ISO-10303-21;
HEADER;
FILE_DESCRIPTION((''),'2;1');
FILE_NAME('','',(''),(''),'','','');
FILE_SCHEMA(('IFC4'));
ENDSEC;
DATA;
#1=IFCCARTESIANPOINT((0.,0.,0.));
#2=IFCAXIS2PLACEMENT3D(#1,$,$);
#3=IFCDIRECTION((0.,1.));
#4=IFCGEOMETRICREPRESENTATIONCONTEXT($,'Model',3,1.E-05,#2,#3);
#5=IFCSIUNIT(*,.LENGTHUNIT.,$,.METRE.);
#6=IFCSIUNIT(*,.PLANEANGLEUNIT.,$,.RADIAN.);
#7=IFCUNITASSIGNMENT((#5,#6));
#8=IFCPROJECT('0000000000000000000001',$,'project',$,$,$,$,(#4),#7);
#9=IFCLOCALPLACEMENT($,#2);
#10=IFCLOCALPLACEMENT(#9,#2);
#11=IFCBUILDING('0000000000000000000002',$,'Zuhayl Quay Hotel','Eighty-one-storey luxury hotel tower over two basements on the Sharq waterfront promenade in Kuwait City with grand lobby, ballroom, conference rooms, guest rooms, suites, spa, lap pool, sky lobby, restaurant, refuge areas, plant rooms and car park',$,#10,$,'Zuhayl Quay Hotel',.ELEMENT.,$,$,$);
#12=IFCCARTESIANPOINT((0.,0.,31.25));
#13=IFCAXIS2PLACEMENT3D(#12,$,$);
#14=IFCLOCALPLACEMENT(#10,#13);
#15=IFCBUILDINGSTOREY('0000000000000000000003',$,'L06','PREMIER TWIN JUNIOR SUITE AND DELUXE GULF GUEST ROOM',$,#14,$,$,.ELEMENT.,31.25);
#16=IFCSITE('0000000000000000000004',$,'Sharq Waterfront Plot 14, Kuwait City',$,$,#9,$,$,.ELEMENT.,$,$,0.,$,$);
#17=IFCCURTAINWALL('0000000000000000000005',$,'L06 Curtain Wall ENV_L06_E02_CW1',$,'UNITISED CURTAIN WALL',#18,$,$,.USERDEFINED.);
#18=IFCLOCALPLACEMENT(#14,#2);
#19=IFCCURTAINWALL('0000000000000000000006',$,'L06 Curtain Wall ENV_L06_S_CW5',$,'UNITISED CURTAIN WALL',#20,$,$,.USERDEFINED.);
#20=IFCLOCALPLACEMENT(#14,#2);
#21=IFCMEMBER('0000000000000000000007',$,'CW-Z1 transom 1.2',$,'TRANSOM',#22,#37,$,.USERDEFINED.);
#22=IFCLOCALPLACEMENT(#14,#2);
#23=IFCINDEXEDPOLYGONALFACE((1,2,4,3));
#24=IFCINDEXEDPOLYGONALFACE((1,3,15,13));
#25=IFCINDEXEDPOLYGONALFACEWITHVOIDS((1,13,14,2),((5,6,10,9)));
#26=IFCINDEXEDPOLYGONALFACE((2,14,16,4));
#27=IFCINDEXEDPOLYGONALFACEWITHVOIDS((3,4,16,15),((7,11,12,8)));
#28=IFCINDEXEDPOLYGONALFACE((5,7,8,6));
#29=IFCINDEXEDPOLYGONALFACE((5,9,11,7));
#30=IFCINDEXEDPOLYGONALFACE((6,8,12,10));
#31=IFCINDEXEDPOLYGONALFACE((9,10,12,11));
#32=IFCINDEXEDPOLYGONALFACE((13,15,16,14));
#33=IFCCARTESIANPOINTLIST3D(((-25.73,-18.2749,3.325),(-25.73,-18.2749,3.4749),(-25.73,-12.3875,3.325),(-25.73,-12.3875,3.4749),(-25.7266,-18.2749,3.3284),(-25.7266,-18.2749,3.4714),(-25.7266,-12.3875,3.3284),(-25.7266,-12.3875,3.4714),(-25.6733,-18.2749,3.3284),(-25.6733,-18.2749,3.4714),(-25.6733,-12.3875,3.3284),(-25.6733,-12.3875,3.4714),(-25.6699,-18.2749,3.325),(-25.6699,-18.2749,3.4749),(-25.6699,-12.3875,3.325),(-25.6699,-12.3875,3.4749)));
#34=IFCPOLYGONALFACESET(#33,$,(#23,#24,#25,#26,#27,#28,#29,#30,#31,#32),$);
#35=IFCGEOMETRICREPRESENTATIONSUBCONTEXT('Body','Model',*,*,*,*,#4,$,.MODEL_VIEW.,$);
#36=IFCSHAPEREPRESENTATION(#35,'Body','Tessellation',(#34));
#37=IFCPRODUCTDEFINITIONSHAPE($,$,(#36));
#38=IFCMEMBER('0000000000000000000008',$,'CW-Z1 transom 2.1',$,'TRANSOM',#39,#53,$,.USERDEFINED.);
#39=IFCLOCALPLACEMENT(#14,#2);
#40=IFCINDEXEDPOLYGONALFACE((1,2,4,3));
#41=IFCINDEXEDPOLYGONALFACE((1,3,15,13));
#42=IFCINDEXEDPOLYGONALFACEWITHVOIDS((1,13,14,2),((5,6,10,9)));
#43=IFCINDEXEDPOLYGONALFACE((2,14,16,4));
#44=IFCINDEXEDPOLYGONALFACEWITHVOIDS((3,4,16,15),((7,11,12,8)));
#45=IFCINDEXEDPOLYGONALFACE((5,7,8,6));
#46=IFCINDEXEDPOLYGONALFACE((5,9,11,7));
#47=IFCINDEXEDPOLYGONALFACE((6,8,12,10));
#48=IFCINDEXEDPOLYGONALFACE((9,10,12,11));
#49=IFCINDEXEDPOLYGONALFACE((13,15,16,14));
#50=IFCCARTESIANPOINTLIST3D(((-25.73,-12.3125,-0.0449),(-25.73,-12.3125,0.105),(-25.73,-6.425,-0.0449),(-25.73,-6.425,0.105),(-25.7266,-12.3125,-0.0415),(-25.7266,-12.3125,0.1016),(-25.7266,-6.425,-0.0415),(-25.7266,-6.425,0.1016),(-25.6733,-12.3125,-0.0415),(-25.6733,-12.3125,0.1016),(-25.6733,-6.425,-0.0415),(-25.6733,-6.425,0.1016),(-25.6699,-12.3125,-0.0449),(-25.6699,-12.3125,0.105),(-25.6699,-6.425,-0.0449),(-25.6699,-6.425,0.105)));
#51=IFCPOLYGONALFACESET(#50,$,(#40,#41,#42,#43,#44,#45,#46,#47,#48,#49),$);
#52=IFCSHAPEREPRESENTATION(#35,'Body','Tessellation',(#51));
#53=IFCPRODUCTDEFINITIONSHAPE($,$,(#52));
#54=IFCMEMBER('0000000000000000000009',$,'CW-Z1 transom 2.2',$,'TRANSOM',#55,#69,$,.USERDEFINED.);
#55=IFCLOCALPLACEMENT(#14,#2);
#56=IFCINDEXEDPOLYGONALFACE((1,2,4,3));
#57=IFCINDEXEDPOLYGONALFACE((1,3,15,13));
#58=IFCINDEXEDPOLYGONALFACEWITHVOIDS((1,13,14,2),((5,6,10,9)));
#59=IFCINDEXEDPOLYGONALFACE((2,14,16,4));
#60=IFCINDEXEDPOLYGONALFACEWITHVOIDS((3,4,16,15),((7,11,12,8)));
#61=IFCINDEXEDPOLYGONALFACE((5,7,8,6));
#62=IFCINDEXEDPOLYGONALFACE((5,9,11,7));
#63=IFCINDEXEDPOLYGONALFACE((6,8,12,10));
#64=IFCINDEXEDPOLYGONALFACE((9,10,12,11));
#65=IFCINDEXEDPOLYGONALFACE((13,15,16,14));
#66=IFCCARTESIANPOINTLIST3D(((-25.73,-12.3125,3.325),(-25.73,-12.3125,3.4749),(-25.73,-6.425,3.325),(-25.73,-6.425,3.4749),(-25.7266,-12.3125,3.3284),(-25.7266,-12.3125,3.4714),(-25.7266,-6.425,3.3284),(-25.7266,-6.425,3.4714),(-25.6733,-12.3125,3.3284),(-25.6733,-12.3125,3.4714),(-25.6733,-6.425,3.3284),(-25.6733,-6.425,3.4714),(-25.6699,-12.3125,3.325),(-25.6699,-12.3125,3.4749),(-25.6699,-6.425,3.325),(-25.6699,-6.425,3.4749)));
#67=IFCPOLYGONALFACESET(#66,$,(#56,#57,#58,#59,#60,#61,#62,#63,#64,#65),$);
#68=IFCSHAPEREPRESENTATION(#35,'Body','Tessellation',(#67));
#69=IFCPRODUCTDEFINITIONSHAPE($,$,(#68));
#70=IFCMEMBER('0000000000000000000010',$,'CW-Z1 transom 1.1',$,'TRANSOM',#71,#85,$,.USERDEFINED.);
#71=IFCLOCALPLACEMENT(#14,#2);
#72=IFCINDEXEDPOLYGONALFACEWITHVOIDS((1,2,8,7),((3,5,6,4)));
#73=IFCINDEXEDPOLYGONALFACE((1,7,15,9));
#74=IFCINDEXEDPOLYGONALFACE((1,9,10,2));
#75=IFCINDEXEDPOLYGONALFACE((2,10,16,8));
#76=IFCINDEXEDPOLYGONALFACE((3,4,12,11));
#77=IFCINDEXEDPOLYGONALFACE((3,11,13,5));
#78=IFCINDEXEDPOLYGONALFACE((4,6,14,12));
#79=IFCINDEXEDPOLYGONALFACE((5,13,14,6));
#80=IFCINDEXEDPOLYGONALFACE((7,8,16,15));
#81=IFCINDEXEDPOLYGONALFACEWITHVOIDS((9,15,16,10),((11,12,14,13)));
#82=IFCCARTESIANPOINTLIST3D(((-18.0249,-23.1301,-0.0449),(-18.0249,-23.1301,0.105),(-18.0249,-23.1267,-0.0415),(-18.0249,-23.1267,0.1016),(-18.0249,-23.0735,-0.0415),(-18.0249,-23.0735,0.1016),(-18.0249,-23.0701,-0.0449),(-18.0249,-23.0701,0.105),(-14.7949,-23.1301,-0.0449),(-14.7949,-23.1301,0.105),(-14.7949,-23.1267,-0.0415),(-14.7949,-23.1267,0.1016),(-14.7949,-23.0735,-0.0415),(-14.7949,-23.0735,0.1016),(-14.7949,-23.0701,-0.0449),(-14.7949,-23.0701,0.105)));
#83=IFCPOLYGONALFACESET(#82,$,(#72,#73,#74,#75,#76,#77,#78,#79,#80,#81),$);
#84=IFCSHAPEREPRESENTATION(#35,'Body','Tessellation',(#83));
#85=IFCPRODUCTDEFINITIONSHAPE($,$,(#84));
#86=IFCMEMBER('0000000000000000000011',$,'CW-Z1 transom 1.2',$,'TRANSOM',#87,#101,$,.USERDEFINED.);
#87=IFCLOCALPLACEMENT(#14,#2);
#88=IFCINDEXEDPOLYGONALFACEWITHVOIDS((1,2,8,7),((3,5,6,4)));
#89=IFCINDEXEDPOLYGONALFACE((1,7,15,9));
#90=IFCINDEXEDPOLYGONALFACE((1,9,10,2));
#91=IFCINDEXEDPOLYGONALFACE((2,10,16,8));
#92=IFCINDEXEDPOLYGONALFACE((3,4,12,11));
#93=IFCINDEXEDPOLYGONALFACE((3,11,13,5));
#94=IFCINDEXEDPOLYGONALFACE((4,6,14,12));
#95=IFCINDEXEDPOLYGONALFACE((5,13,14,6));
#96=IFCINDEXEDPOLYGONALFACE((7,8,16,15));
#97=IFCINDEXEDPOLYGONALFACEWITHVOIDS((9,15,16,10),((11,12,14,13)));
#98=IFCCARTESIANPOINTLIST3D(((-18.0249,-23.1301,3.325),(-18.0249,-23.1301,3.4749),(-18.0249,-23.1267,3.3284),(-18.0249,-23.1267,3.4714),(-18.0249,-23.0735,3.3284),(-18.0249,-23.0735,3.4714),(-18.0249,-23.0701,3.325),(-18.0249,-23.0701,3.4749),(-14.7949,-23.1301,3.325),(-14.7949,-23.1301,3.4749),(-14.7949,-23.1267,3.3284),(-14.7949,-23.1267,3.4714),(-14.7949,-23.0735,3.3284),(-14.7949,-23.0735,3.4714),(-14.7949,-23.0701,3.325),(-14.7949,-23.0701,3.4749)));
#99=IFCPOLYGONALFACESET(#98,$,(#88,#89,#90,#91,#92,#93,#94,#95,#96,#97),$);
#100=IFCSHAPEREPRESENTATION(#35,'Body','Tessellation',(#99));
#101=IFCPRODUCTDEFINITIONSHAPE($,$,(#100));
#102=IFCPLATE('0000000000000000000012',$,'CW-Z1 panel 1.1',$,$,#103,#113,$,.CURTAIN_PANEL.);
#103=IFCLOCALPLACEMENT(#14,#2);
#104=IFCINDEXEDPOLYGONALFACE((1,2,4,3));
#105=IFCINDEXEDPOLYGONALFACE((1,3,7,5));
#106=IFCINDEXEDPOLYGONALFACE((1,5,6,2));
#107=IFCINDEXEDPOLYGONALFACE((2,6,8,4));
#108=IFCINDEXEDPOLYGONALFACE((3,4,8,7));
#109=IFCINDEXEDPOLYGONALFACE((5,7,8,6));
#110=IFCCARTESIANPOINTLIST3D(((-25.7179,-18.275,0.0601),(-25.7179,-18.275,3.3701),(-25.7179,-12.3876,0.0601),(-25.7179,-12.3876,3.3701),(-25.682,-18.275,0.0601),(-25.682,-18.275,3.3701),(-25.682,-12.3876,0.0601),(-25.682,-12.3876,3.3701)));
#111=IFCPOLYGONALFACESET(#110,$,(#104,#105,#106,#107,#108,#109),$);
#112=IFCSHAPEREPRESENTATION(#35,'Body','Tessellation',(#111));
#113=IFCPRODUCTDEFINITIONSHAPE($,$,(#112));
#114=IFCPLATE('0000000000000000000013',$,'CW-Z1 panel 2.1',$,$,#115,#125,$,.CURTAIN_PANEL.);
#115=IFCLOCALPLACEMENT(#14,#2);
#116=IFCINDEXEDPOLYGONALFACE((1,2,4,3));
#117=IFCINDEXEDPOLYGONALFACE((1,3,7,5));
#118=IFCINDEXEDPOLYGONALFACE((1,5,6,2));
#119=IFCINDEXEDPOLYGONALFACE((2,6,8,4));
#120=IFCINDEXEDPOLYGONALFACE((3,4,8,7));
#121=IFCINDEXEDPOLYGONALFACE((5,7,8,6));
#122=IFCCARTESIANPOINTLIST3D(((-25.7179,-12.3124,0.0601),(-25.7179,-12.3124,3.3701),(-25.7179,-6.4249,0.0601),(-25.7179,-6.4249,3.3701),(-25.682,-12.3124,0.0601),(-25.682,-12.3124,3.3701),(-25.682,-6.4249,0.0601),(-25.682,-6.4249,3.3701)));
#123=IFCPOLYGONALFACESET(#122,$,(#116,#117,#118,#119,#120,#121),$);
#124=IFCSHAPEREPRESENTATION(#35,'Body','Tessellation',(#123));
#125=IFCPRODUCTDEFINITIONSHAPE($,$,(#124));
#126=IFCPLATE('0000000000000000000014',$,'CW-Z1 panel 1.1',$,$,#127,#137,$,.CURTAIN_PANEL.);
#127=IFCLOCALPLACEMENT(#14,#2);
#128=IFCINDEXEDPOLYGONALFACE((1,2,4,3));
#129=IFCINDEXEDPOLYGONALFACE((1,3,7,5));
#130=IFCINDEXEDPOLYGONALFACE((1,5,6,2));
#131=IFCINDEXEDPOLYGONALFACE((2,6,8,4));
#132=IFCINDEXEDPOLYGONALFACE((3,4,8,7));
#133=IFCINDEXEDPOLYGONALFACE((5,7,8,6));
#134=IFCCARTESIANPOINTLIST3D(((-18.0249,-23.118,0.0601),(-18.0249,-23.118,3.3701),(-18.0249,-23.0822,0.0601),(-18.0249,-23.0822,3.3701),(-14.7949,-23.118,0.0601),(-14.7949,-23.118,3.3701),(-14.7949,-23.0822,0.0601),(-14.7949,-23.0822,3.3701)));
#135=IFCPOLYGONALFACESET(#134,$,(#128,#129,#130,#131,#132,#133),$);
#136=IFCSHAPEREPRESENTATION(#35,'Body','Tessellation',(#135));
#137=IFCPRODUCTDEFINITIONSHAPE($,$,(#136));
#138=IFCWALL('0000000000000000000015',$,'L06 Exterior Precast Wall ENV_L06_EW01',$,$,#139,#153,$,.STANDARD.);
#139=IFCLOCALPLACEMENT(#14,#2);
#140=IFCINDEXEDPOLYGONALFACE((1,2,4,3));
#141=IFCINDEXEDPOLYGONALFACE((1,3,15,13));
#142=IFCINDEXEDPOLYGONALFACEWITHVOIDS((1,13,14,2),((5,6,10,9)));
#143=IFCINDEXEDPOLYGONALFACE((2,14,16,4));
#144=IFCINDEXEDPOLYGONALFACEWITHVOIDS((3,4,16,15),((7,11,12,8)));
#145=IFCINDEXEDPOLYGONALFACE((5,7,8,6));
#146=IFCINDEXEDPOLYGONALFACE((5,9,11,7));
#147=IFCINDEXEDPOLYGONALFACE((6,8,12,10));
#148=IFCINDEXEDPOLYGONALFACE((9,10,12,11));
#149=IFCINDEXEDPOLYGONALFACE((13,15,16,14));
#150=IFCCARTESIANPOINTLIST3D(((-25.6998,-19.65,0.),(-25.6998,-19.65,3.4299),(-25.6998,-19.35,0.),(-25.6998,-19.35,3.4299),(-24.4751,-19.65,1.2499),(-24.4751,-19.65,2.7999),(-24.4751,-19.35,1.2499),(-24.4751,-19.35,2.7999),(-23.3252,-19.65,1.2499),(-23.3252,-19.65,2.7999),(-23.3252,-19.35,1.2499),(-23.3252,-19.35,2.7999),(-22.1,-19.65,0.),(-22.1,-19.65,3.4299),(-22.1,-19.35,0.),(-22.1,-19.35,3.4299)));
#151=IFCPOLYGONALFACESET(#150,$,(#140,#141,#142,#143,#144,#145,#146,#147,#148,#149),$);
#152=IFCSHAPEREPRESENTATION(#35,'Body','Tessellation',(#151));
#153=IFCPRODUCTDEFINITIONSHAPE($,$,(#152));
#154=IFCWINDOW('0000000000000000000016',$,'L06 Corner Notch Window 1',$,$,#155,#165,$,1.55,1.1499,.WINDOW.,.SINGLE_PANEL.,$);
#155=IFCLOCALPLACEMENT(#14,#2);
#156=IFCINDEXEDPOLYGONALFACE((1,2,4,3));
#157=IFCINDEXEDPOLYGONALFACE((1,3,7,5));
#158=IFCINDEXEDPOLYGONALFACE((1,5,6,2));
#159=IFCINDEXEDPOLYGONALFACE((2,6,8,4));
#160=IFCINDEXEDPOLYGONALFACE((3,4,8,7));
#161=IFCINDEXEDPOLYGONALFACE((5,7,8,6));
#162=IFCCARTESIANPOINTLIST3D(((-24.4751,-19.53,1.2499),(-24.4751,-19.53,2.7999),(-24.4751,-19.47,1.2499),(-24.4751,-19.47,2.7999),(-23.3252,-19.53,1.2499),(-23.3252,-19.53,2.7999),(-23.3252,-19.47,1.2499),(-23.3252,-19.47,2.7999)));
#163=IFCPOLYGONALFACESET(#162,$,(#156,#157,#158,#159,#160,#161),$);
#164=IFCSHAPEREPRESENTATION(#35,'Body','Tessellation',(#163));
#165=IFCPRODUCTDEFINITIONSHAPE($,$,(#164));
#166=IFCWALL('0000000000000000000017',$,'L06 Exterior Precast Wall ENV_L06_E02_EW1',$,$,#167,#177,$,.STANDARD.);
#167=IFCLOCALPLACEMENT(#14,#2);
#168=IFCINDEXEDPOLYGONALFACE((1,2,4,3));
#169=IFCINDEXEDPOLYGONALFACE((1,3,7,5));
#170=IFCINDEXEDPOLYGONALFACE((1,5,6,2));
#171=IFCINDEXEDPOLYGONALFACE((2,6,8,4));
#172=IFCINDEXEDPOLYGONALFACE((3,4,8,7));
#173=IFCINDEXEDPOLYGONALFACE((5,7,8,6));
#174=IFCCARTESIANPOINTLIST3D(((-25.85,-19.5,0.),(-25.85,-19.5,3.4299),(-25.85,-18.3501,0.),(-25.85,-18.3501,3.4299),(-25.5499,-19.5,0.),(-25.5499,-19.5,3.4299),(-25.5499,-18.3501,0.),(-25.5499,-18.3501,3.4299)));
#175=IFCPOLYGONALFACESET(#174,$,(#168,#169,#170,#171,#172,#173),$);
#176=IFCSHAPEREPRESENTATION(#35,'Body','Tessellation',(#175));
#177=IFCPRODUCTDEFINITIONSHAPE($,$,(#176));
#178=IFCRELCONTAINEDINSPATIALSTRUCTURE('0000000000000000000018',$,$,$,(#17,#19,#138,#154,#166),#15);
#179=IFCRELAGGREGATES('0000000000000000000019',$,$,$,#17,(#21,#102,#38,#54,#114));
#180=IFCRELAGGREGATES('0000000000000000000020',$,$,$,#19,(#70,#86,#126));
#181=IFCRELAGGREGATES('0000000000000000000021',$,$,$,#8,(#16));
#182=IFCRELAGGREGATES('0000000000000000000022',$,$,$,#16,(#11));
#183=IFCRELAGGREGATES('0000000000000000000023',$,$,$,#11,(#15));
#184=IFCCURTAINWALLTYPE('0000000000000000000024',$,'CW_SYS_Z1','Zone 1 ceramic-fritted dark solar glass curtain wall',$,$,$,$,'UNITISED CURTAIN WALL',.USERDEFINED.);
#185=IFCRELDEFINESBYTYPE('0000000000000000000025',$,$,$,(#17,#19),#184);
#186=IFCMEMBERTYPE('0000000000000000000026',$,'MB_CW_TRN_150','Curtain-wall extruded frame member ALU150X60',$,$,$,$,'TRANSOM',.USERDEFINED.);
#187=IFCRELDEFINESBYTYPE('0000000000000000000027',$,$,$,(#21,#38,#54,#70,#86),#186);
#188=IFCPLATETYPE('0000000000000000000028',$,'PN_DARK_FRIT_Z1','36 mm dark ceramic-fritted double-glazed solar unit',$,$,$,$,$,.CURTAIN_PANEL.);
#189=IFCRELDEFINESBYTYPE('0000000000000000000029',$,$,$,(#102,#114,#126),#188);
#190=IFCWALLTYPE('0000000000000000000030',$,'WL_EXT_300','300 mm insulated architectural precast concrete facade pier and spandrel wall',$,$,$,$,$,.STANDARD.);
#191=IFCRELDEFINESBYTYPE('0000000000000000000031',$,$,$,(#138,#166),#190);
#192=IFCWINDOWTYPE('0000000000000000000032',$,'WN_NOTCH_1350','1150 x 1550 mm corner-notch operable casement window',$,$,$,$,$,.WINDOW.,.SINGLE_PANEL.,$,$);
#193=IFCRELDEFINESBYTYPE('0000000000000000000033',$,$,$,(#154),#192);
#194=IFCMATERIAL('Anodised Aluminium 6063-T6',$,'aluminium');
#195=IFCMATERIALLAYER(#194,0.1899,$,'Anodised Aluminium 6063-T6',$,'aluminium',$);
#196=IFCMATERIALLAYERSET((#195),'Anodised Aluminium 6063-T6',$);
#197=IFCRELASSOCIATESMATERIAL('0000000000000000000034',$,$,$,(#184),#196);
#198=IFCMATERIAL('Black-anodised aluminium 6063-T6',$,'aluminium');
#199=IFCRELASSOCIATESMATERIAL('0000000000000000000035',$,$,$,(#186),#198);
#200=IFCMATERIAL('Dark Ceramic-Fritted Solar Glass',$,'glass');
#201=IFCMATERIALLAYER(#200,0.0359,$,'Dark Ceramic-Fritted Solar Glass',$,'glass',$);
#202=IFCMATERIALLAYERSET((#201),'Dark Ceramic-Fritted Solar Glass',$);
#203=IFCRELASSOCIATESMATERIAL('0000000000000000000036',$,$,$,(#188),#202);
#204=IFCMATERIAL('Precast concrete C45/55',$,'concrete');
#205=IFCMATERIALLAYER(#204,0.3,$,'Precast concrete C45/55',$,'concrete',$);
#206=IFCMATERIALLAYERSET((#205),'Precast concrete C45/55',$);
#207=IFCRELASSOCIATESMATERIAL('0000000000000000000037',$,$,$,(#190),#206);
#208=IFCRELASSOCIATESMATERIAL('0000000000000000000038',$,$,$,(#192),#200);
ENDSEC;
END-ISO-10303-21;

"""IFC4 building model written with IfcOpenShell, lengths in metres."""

from ifc_helpers import new_model, si_unit, direction, frame, frame_2d, origin, origin_2d, place, context, subcontext, project, spatial, rectangle, hollow_rectangle, extrude, material, layer, layer_set, material_profile, profile_set, type_object, element, fill, aggregate, save


model = new_model("IFC4")

# Units and contexts
model_context = context("Model", 3, precision=1e-05, world=origin(), true_north=direction((0.0, 1.0)))
body_context = subcontext(model_context, "Body", "Model", "MODEL_VIEW")
ifc_project = project(units=[si_unit("LENGTHUNIT", "METRE"), si_unit("PLANEANGLEUNIT", "RADIAN")], contexts=[model_context])

# Site, building, storey
site_placement = place(None, origin())
site = spatial("IfcSite", under=ifc_project, at=site_placement, Name="Sharq Waterfront Plot 14, Kuwait City", CompositionType="ELEMENT", RefElevation=0.0)
building_placement = place(site_placement, origin())
building = spatial("IfcBuilding", under=site, at=building_placement, Name="Zuhayl Quay Hotel", Description="Eighty-one-storey luxury hotel tower over two basements on the Sharq waterfront promenade in Kuwait City with grand lobby, ballroom, conference rooms, guest rooms, suites, spa, lap pool, sky lobby, restaurant, refuge areas, plant rooms and car park", LongName="Zuhayl Quay Hotel", CompositionType="ELEMENT")
storey_placement = place(building_placement, frame((0.0, 0.0, 31.25)))
storey = spatial("IfcBuildingStorey", under=building, at=storey_placement, Name="L06", Description="PREMIER TWIN JUNIOR SUITE AND DELUXE GULF GUEST ROOM", CompositionType="ELEMENT", Elevation=31.25)

# Curtain walls
ifc_material_1 = material(Name="Anodised Aluminium 6063-T6", Category="aluminium")
ifc_layer_1 = layer(ifc_material_1, 0.1899, Name="Anodised Aluminium 6063-T6", Category="aluminium")
ifc_layer_set_1 = layer_set([ifc_layer_1], Name="Anodised Aluminium 6063-T6")
curtain_wall_type = type_object("IfcCurtainWallType", Name="CW_SYS_Z1", Description="Zone 1 ceramic-fritted dark solar glass curtain wall", ElementType="UNITISED CURTAIN WALL", PredefinedType="USERDEFINED", material=ifc_layer_set_1)
curtain_wall_1_placement = place(storey_placement, origin())
curtain_wall_1 = element("IfcCurtainWall", 1, at=curtain_wall_1_placement, inside=storey, type_object=curtain_wall_type, Name="L06 Curtain Wall ENV_L06_E02_CW1", ObjectType="UNITISED CURTAIN WALL", PredefinedType="USERDEFINED")
ifc_material_2 = material(Name="Black-anodised aluminium 6063-T6", Category="aluminium")
curtain_wall_2_placement = place(storey_placement, origin())
curtain_wall_2 = element("IfcCurtainWall", 2, at=curtain_wall_2_placement, inside=storey, type_object=curtain_wall_type, Name="L06 Curtain Wall ENV_L06_S_CW5", ObjectType="UNITISED CURTAIN WALL", PredefinedType="USERDEFINED")

# Members
ifc_material_profile_1 = material_profile(ifc_material_2, hollow_rectangle(XDim=0.0601, YDim=0.1499, WallThickness=0.0034, at=origin_2d()), Name="ALU150X60")
ifc_profile_set_1 = profile_set([ifc_material_profile_1], Name="Black-anodised aluminium 6063-T6")
member_type_1 = type_object("IfcMemberType", Name="MB_CW_TRN_150", Description="Curtain-wall extruded frame member ALU150X60", ElementType="TRANSOM", PredefinedType="USERDEFINED", material=ifc_profile_set_1)
member_1_placement = place(storey_placement, frame((-25.7, -18.2749, 3.3999), z_axis=(0.0, 1.0, 0.0), x_axis=(-1.0, 0.0, 0.0)))
member_1 = element("IfcMember", 3, at=member_1_placement, type_object=member_type_1, Name="CW-Z1 transom 1.2", ObjectType="TRANSOM", PredefinedType="USERDEFINED", context=body_context, shape_type="SweptSolid", body=[
    extrude(hollow_rectangle(XDim=0.0601, YDim=0.1499, WallThickness=0.0034, at=origin_2d()), origin(), (0.0, 0.0, 1.0), 5.8875),
])
member_2_placement = place(storey_placement, frame((-25.7, -12.3125, 0.03), z_axis=(0.0, 1.0, 0.0), x_axis=(-1.0, 0.0, 0.0)))
member_2 = element("IfcMember", 4, at=member_2_placement, type_object=member_type_1, Name="CW-Z1 transom 2.1", ObjectType="TRANSOM", PredefinedType="USERDEFINED", context=body_context, shape_type="SweptSolid", body=[
    extrude(hollow_rectangle(XDim=0.0601, YDim=0.1499, WallThickness=0.0034, at=origin_2d()), origin(), (0.0, 0.0, 1.0), 5.8875),
])
member_3_placement = place(storey_placement, frame((-25.7, -12.3125, 3.3999), z_axis=(0.0, 1.0, 0.0), x_axis=(-1.0, 0.0, 0.0)))
member_3 = element("IfcMember", 5, at=member_3_placement, type_object=member_type_1, Name="CW-Z1 transom 2.2", ObjectType="TRANSOM", PredefinedType="USERDEFINED", context=body_context, shape_type="SweptSolid", body=[
    extrude(hollow_rectangle(XDim=0.0601, YDim=0.1499, WallThickness=0.0034, at=origin_2d()), origin(), (0.0, 0.0, 1.0), 5.8875),
])
member_4_placement = place(storey_placement, frame((-14.7949, -23.1001, 0.03), z_axis=(-1.0, 0.0, 0.0), x_axis=(0.0, -1.0, 0.0)))
member_4 = element("IfcMember", 6, at=member_4_placement, type_object=member_type_1, Name="CW-Z1 transom 1.1", ObjectType="TRANSOM", PredefinedType="USERDEFINED", context=body_context, shape_type="SweptSolid", body=[
    extrude(hollow_rectangle(XDim=0.0601, YDim=0.1499, WallThickness=0.0034, at=origin_2d()), origin(), (0.0, 0.0, 1.0), 3.23),
])
member_5_placement = place(storey_placement, frame((-14.7949, -23.1001, 3.3999), z_axis=(-1.0, 0.0, 0.0), x_axis=(0.0, -1.0, 0.0)))
member_5 = element("IfcMember", 7, at=member_5_placement, type_object=member_type_1, Name="CW-Z1 transom 1.2", ObjectType="TRANSOM", PredefinedType="USERDEFINED", context=body_context, shape_type="SweptSolid", body=[
    extrude(hollow_rectangle(XDim=0.0601, YDim=0.1499, WallThickness=0.0034, at=origin_2d()), origin(), (0.0, 0.0, 1.0), 3.23),
])

# Plates
ifc_material_3 = material(Name="Dark Ceramic-Fritted Solar Glass", Category="glass")
ifc_layer_2 = layer(ifc_material_3, 0.0359, Name="Dark Ceramic-Fritted Solar Glass", Category="glass")
ifc_layer_set_2 = layer_set([ifc_layer_2], Name="Dark Ceramic-Fritted Solar Glass")
plate_type = type_object("IfcPlateType", Name="PN_DARK_FRIT_Z1", Description="36 mm dark ceramic-fritted double-glazed solar unit", PredefinedType="CURTAIN_PANEL", material=ifc_layer_set_2)
plate_1_placement = place(storey_placement, frame((-25.7, -15.3313, 0.0601), z_axis=(0.0, 0.0, 1.0), x_axis=(0.0, 1.0, 0.0)))
plate_1 = element("IfcPlate", 8, at=plate_1_placement, type_object=plate_type, Name="CW-Z1 panel 1.1", PredefinedType="CURTAIN_PANEL", context=body_context, shape_type="SweptSolid", body=[
    extrude(rectangle(XDim=5.8875, YDim=0.0359, at=origin_2d()), origin(), (0.0, 0.0, 1.0), 3.3101),
])
plate_2_placement = place(storey_placement, frame((-25.7, -9.3687, 0.0601), z_axis=(0.0, 0.0, 1.0), x_axis=(0.0, 1.0, 0.0)))
plate_2 = element("IfcPlate", 9, at=plate_2_placement, type_object=plate_type, Name="CW-Z1 panel 2.1", PredefinedType="CURTAIN_PANEL", context=body_context, shape_type="SweptSolid", body=[
    extrude(rectangle(XDim=5.8875, YDim=0.0359, at=origin_2d()), origin(), (0.0, 0.0, 1.0), 3.3101),
])
aggregate(curtain_wall_1, [member_1, plate_1, member_2, member_3, plate_2])
plate_3_placement = place(storey_placement, frame((-16.4099, -23.1001, 0.0601), z_axis=(0.0, 0.0, 1.0), x_axis=(-1.0, 0.0, 0.0)))
plate_3 = element("IfcPlate", 10, at=plate_3_placement, type_object=plate_type, Name="CW-Z1 panel 1.1", PredefinedType="CURTAIN_PANEL", context=body_context, shape_type="SweptSolid", body=[
    extrude(rectangle(XDim=3.23, YDim=0.0359, at=origin_2d()), origin(), (0.0, 0.0, 1.0), 3.3101),
])
aggregate(curtain_wall_2, [member_4, member_5, plate_3])

# Wall, opening, window
ifc_material_4 = material(Name="Precast concrete C45/55", Category="concrete")
ifc_layer_3 = layer(ifc_material_4, 0.3, Name="Precast concrete C45/55", Category="concrete")
ifc_layer_set_3 = layer_set([ifc_layer_3], Name="Precast concrete C45/55")
wall_type_1 = type_object("IfcWallType", Name="WL_EXT_300", Description="300 mm insulated architectural precast concrete facade pier and spandrel wall", PredefinedType="STANDARD", material=ifc_layer_set_3)
wall_1_placement = place(storey_placement, frame((-22.1001, -19.5, 0.0), z_axis=(0.0, 0.0, 1.0), x_axis=(-1.0, 0.0, 0.0)))
wall_1 = element("IfcWall", 11, at=wall_1_placement, inside=storey, type_object=wall_type_1, Name="L06 Exterior Precast Wall ENV_L06_EW01", PredefinedType="STANDARD", context=body_context, shape_type="SweptSolid", body=[
    extrude(rectangle(XDim=3.5999, YDim=0.3, at=frame_2d((1.7998, 0.0))), origin(), (0.0, 0.0, 1.0), 3.4299),
])
opening_1_placement = place(wall_1_placement, frame((1.2251, 0.0, 1.25)))
opening_1 = element("IfcOpeningElement", 12, at=opening_1_placement, cuts=wall_1, PredefinedType="OPENING", context=body_context, shape_type="SweptSolid", body=[
    extrude(rectangle(XDim=1.1499, YDim=1.55, at=frame_2d((0.575, 0.7749))), frame((0.0, 0.1599, 0.0), z_axis=(0.0, -1.0, 0.0), x_axis=(1.0, 0.0, 0.0)), (0.0, 0.0, 1.0), 0.3201),
])
window_type_1 = type_object("IfcWindowType", Name="WN_NOTCH_1350", Description="1150 x 1550 mm corner-notch operable casement window", PartitioningType="SINGLE_PANEL", PredefinedType="WINDOW", material=ifc_material_3)
window_1_placement = place(opening_1_placement, origin())
window_1 = element("IfcWindow", 13, at=window_1_placement, inside=storey, type_object=window_type_1, Name="L06 Corner Notch Window 1", OverallHeight=1.55, OverallWidth=1.1499, PartitioningType="SINGLE_PANEL", PredefinedType="WINDOW", context=body_context, shape_type="SweptSolid", body=[
    extrude(rectangle(XDim=1.1499, YDim=1.55, at=frame_2d((0.575, 0.7749))), frame((0.0, 0.03, 0.0), z_axis=(0.0, -1.0, 0.0), x_axis=(1.0, 0.0, 0.0)), (0.0, 0.0, 1.0), 0.0601),
])
fill(opening_1, window_1)

# Wall
wall_2_placement = place(storey_placement, frame((-25.7, -19.5, 0.0), z_axis=(0.0, 0.0, 1.0), x_axis=(0.0, 1.0, 0.0)))
element("IfcWall", 14, at=wall_2_placement, inside=storey, type_object=wall_type_1, Name="L06 Exterior Precast Wall ENV_L06_E02_EW1", PredefinedType="STANDARD", context=body_context, shape_type="SweptSolid", body=[
    extrude(rectangle(XDim=1.1499, YDim=0.3, at=frame_2d((0.575, 0.0))), origin(), (0.0, 0.0, 1.0), 3.4299),
])

save(model, "model.ifc")
